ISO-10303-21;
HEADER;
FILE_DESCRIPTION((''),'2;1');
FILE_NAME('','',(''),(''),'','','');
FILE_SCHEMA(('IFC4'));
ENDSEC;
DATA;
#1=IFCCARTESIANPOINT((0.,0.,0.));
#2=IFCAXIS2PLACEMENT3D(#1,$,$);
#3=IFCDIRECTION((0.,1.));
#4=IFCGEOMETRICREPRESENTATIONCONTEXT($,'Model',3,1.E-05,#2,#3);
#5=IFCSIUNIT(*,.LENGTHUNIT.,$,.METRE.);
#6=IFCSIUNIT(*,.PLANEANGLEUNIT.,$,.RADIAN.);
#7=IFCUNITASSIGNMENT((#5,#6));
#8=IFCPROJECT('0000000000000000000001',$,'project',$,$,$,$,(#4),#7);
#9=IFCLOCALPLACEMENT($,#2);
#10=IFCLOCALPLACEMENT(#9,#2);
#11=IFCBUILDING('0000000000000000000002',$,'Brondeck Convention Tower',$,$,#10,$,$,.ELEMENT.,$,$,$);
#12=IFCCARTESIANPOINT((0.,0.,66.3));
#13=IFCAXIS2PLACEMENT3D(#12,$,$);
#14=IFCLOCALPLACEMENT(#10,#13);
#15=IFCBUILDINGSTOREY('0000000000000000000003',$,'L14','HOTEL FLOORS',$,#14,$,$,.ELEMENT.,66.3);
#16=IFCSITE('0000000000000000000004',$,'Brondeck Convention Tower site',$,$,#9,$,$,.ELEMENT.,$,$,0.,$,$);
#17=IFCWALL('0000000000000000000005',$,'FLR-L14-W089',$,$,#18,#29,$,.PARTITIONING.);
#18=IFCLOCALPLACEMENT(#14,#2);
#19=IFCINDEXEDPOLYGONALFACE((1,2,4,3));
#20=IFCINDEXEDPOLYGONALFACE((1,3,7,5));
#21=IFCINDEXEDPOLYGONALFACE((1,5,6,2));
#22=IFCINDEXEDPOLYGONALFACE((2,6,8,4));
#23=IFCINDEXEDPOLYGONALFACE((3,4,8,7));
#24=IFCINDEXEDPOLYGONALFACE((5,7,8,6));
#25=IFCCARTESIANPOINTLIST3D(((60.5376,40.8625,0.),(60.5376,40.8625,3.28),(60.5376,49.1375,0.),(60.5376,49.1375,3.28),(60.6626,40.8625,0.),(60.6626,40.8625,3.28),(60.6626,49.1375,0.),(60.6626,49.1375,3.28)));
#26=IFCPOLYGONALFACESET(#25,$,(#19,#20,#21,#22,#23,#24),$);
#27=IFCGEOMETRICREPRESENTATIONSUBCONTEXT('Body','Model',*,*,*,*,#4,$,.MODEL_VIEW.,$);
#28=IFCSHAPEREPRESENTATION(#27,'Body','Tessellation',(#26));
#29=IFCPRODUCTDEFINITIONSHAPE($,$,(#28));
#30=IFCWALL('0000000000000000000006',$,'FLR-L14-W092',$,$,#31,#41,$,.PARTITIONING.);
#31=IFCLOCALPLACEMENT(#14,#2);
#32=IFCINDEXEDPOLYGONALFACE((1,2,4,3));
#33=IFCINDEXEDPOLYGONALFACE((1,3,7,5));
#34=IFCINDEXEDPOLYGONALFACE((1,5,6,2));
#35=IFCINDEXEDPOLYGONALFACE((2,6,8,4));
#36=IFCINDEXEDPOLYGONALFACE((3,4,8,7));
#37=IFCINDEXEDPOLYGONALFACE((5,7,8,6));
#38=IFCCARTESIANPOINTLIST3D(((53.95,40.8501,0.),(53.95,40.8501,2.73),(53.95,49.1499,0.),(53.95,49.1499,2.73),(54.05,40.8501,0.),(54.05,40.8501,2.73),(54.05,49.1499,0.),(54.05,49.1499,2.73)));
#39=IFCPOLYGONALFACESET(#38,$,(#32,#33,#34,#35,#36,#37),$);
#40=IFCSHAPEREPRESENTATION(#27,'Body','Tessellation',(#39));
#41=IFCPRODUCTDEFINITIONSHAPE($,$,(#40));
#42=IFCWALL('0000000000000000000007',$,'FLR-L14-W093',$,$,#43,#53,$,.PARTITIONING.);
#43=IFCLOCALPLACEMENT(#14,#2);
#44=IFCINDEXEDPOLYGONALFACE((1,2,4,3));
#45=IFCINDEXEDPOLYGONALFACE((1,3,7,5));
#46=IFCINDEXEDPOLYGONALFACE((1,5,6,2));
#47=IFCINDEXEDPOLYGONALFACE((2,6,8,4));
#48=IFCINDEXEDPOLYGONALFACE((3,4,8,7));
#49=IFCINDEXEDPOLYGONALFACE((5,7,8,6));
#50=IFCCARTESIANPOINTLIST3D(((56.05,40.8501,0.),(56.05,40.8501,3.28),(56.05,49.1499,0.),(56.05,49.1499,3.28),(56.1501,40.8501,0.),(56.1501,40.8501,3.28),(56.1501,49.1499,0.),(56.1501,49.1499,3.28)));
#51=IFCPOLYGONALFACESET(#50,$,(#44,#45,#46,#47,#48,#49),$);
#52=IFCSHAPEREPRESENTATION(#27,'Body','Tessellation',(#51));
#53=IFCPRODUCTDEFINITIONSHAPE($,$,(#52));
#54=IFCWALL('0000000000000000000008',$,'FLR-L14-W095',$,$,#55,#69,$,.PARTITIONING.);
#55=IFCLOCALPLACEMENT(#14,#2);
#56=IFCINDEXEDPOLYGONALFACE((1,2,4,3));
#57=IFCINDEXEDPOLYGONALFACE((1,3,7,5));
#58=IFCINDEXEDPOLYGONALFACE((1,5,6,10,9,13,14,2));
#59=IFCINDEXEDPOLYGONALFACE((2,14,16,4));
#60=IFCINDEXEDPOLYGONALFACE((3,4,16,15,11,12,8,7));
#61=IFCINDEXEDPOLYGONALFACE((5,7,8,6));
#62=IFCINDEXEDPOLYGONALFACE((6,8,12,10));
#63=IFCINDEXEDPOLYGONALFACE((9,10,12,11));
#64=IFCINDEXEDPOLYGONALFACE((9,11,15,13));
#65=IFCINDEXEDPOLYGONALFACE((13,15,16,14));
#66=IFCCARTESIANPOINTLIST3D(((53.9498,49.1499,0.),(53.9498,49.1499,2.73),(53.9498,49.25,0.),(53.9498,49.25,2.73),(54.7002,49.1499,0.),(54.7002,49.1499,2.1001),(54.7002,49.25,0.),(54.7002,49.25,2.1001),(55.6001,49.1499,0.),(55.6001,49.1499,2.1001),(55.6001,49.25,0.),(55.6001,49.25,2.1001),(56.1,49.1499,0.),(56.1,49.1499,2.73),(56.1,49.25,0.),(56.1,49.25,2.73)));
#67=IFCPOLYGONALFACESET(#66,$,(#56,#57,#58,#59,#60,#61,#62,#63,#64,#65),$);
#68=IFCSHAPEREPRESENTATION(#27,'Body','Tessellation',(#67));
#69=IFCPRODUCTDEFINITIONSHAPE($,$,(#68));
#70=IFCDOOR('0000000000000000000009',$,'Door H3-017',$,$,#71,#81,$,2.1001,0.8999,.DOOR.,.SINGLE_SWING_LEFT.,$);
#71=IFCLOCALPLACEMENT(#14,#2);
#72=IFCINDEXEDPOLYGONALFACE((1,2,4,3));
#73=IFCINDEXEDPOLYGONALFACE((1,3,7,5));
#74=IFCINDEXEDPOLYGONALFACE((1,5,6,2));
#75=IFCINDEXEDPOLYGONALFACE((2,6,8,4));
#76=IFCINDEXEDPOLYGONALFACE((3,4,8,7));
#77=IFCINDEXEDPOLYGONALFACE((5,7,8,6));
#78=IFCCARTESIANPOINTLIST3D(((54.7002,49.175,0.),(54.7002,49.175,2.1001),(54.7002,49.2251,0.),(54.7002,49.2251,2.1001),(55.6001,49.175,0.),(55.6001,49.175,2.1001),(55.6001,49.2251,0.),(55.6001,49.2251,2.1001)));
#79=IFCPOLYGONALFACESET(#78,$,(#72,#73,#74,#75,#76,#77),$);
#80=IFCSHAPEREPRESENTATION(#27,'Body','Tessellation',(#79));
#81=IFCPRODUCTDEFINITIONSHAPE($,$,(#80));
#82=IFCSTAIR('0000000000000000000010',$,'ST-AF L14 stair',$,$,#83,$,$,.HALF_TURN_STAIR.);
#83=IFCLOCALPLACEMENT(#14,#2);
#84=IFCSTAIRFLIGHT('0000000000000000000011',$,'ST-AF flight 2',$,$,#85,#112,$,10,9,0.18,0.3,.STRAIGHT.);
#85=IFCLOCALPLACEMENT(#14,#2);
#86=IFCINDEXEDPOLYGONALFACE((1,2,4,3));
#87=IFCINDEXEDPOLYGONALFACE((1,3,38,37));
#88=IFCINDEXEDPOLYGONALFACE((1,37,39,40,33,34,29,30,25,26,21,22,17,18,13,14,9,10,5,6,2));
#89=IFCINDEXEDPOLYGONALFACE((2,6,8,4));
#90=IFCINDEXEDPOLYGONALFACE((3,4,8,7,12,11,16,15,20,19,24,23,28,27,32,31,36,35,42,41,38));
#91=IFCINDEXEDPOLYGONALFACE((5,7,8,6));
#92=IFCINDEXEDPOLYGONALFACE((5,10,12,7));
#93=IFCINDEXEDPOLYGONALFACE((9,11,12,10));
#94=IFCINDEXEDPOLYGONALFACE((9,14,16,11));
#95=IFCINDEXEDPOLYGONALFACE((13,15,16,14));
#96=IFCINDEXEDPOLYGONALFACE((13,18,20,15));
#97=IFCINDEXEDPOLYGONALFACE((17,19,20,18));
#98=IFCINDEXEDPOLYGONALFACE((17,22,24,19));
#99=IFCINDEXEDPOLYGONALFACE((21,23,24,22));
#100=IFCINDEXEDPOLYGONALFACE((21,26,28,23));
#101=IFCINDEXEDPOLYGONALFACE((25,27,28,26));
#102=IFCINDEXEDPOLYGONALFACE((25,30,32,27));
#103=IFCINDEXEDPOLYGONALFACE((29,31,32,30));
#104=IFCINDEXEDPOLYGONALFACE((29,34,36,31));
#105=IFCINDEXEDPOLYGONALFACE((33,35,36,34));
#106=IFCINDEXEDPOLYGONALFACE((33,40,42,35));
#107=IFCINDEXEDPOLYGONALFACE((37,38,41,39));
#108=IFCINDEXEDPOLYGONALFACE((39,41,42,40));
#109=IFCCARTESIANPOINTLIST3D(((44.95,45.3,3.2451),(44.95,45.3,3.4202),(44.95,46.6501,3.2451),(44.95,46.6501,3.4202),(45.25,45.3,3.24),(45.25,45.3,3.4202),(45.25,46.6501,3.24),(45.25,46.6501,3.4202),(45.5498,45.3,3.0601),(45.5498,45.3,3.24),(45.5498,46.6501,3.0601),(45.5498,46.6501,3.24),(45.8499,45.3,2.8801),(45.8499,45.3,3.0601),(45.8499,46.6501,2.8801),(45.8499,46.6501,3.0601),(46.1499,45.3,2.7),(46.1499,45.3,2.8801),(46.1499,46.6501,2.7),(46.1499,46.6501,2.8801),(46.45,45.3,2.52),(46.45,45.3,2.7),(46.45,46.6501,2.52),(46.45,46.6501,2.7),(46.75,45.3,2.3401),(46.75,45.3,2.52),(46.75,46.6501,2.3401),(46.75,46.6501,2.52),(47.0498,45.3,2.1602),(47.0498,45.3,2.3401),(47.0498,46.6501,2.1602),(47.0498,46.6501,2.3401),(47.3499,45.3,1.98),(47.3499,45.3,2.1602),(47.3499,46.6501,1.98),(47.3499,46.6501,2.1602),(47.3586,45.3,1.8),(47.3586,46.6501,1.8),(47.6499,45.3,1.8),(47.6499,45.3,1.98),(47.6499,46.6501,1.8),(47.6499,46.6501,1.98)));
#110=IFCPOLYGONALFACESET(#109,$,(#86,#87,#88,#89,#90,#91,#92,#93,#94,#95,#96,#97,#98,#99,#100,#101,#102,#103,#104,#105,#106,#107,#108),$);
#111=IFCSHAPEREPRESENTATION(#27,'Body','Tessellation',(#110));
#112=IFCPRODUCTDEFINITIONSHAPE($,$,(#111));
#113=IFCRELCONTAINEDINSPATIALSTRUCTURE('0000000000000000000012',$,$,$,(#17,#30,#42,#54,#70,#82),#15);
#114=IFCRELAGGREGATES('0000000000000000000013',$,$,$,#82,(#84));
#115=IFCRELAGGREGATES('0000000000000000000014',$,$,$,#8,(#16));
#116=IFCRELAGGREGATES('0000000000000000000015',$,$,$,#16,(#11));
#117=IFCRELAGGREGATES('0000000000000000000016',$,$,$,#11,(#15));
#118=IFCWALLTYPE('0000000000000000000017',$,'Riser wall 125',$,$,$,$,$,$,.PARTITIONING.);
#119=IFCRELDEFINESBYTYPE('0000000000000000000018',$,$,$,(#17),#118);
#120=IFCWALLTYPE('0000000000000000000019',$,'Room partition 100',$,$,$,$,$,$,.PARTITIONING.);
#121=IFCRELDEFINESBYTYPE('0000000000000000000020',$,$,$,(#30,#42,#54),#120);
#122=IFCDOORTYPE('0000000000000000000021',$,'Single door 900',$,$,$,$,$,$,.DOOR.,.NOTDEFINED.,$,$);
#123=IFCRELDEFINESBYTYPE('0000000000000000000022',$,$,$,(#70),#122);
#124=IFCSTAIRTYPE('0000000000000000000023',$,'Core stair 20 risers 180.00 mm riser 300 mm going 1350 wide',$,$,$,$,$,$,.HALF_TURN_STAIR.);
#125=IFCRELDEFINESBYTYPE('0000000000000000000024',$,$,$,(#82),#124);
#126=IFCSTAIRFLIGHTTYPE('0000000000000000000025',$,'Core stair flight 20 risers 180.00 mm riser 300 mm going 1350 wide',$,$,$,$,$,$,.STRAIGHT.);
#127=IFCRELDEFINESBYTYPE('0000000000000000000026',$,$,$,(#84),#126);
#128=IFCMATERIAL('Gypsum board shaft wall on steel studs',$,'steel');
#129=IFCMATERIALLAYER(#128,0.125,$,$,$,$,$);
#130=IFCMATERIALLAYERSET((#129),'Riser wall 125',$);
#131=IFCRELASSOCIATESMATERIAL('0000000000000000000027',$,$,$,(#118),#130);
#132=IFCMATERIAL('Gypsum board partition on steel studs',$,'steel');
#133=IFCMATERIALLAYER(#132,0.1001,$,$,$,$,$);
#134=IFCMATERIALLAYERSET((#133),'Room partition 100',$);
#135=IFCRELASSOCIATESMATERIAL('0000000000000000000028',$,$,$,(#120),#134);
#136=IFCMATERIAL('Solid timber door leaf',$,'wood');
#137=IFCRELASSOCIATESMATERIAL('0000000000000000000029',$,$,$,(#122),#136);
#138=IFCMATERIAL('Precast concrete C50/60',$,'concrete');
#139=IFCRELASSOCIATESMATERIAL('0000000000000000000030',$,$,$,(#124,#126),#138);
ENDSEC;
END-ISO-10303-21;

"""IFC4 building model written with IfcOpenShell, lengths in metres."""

from ifc_helpers import new_model, si_unit, direction, frame, frame_2d, origin, place, context, subcontext, project, spatial, polyline, rectangle, outline, extrude, material, layer, layer_set, type_object, element, fill, aggregate, save


model = new_model("IFC4")

# Units and contexts
model_context = context("Model", 3, precision=1e-05, world=origin(), true_north=direction((0.0, 1.0)))
body_context = subcontext(model_context, "Body", "Model", "MODEL_VIEW")
ifc_project = project(units=[si_unit("LENGTHUNIT", "METRE"), si_unit("PLANEANGLEUNIT", "RADIAN")], contexts=[model_context])

# Site, building, storey
site_placement = place(None, origin())
site = spatial("IfcSite", under=ifc_project, at=site_placement, Name="Brondeck Convention Tower site", CompositionType="ELEMENT", RefElevation=0.0)
building_placement = place(site_placement, origin())
building = spatial("IfcBuilding", under=site, at=building_placement, Name="Brondeck Convention Tower", CompositionType="ELEMENT")
storey_placement = place(building_placement, frame((0.0, 0.0, 66.3)))
storey = spatial("IfcBuildingStorey", under=building, at=storey_placement, Name="L14", Description="HOTEL FLOORS", CompositionType="ELEMENT", Elevation=66.3)

# Shared definitions
ifc_material_1 = material(Name="Solid timber door leaf", Category="wood")

# Walls
ifc_material_2 = material(Name="Gypsum board shaft wall on steel studs", Category="steel")
ifc_layer_1 = layer(ifc_material_2, 0.125)
ifc_layer_set_1 = layer_set([ifc_layer_1], Name="Riser wall 125")
wall_type_1 = type_object("IfcWallType", Name="Riser wall 125", PredefinedType="PARTITIONING", material=ifc_layer_set_1)
wall_1_placement = place(storey_placement, frame((60.6001, 49.1375, 0.0), z_axis=(0.0, 0.0, 1.0), x_axis=(0.0, -1.0, 0.0)))
element("IfcWall", 1, at=wall_1_placement, inside=storey, type_object=wall_type_1, Name="FLR-L14-W089", PredefinedType="PARTITIONING", context=body_context, shape_type="SweptSolid", body=[
    extrude(rectangle(XDim=8.2749, YDim=0.125, at=frame_2d((4.1375, 0.0))), origin(), (0.0, 0.0, 1.0), 3.28),
])
ifc_material_3 = material(Name="Gypsum board partition on steel studs", Category="steel")
ifc_layer_2 = layer(ifc_material_3, 0.1001)
ifc_layer_set_2 = layer_set([ifc_layer_2], Name="Room partition 100")
wall_type_2 = type_object("IfcWallType", Name="Room partition 100", PredefinedType="PARTITIONING", material=ifc_layer_set_2)
wall_2_placement = place(storey_placement, frame((54.0, 49.1499, 0.0), z_axis=(0.0, 0.0, 1.0), x_axis=(0.0, -1.0, 0.0)))
element("IfcWall", 2, at=wall_2_placement, inside=storey, type_object=wall_type_2, Name="FLR-L14-W092", PredefinedType="PARTITIONING", context=body_context, shape_type="SweptSolid", body=[
    extrude(rectangle(XDim=8.2998, YDim=0.1001, at=frame_2d((4.1499, 0.0))), origin(), (0.0, 0.0, 1.0), 2.73),
])
wall_3_placement = place(storey_placement, frame((56.1001, 49.1499, 0.0), z_axis=(0.0, 0.0, 1.0), x_axis=(0.0, -1.0, 0.0)))
element("IfcWall", 3, at=wall_3_placement, inside=storey, type_object=wall_type_2, Name="FLR-L14-W093", PredefinedType="PARTITIONING", context=body_context, shape_type="SweptSolid", body=[
    extrude(rectangle(XDim=8.2998, YDim=0.1001, at=frame_2d((4.1499, 0.0))), origin(), (0.0, 0.0, 1.0), 3.28),
])

# Wall, opening, door
wall_4_placement = place(storey_placement, frame((56.1001, 49.2, 0.0), z_axis=(0.0, 0.0, 1.0), x_axis=(-1.0, 0.0, 0.0)))
wall_4 = element("IfcWall", 4, at=wall_4_placement, inside=storey, type_object=wall_type_2, Name="FLR-L14-W095", PredefinedType="PARTITIONING", context=body_context, shape_type="SweptSolid", body=[
    extrude(rectangle(XDim=2.1501, YDim=0.1001, at=frame_2d((1.0752, 0.0))), origin(), (0.0, 0.0, 1.0), 2.73),
])
opening_1_placement = place(wall_4_placement, frame((0.5, 0.0, 0.0)))
opening_1 = element("IfcOpeningElement", 5, at=opening_1_placement, cuts=wall_4, PredefinedType="OPENING", context=body_context, shape_type="SweptSolid", body=[
    extrude(rectangle(XDim=0.8999, YDim=2.1001, at=frame_2d((0.45, 1.05))), frame((0.0, 0.0601, 0.0), z_axis=(0.0, -1.0, 0.0), x_axis=(1.0, 0.0, 0.0)), (0.0, 0.0, 1.0), 0.1201),
])
door_type_1 = type_object("IfcDoorType", Name="Single door 900", OperationType="NOTDEFINED", PredefinedType="DOOR", material=ifc_material_1)
door_1_placement = place(opening_1_placement, origin())
door_1 = element("IfcDoor", 6, at=door_1_placement, inside=storey, type_object=door_type_1, Name="Door H3-017", OperationType="SINGLE_SWING_LEFT", OverallHeight=2.1001, OverallWidth=0.8999, PredefinedType="DOOR", context=body_context, shape_type="SweptSolid", body=[
    extrude(rectangle(XDim=0.8999, YDim=2.1001, at=frame_2d((0.45, 1.05))), frame((0.0, 0.0249, 0.0), z_axis=(0.0, -1.0, 0.0), x_axis=(1.0, 0.0, 0.0)), (0.0, 0.0, 1.0), 0.05),
])
fill(opening_1, door_1)

# Stair, stair flight
ifc_material_4 = material(Name="Precast concrete C50/60", Category="concrete")
stair_type = type_object("IfcStairType", Name="Core stair 20 risers 180.00 mm riser 300 mm going 1350 wide", PredefinedType="HALF_TURN_STAIR", material=ifc_material_4)
stair_placement = place(storey_placement, origin())
stair = element("IfcStair", 7, at=stair_placement, inside=storey, type_object=stair_type, Name="ST-AF L14 stair", PredefinedType="HALF_TURN_STAIR")
stair_flight_type = type_object("IfcStairFlightType", Name="Core stair flight 20 risers 180.00 mm riser 300 mm going 1350 wide", PredefinedType="STRAIGHT", material=ifc_material_4)
stair_flight_placement = place(storey_placement, frame((47.6499, 45.9751, 1.8), z_axis=(0.0, 0.0, 1.0), x_axis=(-1.0, 0.0, 0.0)))
stair_flight = element("IfcStairFlight", 8, at=stair_flight_placement, type_object=stair_flight_type, Name="ST-AF flight 2", NumberOfRisers=10, NumberOfTreads=9, PredefinedType="STRAIGHT", RiserHeight=0.18, TreadLength=0.3, context=body_context, shape_type="SweptSolid", body=[
    extrude(outline(polyline([(0.0, 0.0), (0.0, 0.1799), (0.3, 0.1799), (0.3, 0.3601), (0.6001, 0.3601), (0.6001, 0.54), (0.8999, 0.54), (0.8999, 0.72), (1.2, 0.72), (1.2, 0.8999), (1.5, 0.8999), (1.5, 1.0801), (1.8, 1.0801), (1.8, 1.26), (2.1001, 1.26), (2.1001, 1.4399), (2.3999, 1.4399), (2.3999, 1.6201), (2.7, 1.6201), (2.7, 1.8), (2.7, 1.4451), (0.2913, 0.0), (0.0, 0.0)])), frame((0.0, 0.675, 0.0), z_axis=(0.0, -1.0, 0.0), x_axis=(1.0, 0.0, 0.0)), (0.0, 0.0, 1.0), 1.3501),
])
aggregate(stair, [stair_flight])

save(model, "model.ifc")
